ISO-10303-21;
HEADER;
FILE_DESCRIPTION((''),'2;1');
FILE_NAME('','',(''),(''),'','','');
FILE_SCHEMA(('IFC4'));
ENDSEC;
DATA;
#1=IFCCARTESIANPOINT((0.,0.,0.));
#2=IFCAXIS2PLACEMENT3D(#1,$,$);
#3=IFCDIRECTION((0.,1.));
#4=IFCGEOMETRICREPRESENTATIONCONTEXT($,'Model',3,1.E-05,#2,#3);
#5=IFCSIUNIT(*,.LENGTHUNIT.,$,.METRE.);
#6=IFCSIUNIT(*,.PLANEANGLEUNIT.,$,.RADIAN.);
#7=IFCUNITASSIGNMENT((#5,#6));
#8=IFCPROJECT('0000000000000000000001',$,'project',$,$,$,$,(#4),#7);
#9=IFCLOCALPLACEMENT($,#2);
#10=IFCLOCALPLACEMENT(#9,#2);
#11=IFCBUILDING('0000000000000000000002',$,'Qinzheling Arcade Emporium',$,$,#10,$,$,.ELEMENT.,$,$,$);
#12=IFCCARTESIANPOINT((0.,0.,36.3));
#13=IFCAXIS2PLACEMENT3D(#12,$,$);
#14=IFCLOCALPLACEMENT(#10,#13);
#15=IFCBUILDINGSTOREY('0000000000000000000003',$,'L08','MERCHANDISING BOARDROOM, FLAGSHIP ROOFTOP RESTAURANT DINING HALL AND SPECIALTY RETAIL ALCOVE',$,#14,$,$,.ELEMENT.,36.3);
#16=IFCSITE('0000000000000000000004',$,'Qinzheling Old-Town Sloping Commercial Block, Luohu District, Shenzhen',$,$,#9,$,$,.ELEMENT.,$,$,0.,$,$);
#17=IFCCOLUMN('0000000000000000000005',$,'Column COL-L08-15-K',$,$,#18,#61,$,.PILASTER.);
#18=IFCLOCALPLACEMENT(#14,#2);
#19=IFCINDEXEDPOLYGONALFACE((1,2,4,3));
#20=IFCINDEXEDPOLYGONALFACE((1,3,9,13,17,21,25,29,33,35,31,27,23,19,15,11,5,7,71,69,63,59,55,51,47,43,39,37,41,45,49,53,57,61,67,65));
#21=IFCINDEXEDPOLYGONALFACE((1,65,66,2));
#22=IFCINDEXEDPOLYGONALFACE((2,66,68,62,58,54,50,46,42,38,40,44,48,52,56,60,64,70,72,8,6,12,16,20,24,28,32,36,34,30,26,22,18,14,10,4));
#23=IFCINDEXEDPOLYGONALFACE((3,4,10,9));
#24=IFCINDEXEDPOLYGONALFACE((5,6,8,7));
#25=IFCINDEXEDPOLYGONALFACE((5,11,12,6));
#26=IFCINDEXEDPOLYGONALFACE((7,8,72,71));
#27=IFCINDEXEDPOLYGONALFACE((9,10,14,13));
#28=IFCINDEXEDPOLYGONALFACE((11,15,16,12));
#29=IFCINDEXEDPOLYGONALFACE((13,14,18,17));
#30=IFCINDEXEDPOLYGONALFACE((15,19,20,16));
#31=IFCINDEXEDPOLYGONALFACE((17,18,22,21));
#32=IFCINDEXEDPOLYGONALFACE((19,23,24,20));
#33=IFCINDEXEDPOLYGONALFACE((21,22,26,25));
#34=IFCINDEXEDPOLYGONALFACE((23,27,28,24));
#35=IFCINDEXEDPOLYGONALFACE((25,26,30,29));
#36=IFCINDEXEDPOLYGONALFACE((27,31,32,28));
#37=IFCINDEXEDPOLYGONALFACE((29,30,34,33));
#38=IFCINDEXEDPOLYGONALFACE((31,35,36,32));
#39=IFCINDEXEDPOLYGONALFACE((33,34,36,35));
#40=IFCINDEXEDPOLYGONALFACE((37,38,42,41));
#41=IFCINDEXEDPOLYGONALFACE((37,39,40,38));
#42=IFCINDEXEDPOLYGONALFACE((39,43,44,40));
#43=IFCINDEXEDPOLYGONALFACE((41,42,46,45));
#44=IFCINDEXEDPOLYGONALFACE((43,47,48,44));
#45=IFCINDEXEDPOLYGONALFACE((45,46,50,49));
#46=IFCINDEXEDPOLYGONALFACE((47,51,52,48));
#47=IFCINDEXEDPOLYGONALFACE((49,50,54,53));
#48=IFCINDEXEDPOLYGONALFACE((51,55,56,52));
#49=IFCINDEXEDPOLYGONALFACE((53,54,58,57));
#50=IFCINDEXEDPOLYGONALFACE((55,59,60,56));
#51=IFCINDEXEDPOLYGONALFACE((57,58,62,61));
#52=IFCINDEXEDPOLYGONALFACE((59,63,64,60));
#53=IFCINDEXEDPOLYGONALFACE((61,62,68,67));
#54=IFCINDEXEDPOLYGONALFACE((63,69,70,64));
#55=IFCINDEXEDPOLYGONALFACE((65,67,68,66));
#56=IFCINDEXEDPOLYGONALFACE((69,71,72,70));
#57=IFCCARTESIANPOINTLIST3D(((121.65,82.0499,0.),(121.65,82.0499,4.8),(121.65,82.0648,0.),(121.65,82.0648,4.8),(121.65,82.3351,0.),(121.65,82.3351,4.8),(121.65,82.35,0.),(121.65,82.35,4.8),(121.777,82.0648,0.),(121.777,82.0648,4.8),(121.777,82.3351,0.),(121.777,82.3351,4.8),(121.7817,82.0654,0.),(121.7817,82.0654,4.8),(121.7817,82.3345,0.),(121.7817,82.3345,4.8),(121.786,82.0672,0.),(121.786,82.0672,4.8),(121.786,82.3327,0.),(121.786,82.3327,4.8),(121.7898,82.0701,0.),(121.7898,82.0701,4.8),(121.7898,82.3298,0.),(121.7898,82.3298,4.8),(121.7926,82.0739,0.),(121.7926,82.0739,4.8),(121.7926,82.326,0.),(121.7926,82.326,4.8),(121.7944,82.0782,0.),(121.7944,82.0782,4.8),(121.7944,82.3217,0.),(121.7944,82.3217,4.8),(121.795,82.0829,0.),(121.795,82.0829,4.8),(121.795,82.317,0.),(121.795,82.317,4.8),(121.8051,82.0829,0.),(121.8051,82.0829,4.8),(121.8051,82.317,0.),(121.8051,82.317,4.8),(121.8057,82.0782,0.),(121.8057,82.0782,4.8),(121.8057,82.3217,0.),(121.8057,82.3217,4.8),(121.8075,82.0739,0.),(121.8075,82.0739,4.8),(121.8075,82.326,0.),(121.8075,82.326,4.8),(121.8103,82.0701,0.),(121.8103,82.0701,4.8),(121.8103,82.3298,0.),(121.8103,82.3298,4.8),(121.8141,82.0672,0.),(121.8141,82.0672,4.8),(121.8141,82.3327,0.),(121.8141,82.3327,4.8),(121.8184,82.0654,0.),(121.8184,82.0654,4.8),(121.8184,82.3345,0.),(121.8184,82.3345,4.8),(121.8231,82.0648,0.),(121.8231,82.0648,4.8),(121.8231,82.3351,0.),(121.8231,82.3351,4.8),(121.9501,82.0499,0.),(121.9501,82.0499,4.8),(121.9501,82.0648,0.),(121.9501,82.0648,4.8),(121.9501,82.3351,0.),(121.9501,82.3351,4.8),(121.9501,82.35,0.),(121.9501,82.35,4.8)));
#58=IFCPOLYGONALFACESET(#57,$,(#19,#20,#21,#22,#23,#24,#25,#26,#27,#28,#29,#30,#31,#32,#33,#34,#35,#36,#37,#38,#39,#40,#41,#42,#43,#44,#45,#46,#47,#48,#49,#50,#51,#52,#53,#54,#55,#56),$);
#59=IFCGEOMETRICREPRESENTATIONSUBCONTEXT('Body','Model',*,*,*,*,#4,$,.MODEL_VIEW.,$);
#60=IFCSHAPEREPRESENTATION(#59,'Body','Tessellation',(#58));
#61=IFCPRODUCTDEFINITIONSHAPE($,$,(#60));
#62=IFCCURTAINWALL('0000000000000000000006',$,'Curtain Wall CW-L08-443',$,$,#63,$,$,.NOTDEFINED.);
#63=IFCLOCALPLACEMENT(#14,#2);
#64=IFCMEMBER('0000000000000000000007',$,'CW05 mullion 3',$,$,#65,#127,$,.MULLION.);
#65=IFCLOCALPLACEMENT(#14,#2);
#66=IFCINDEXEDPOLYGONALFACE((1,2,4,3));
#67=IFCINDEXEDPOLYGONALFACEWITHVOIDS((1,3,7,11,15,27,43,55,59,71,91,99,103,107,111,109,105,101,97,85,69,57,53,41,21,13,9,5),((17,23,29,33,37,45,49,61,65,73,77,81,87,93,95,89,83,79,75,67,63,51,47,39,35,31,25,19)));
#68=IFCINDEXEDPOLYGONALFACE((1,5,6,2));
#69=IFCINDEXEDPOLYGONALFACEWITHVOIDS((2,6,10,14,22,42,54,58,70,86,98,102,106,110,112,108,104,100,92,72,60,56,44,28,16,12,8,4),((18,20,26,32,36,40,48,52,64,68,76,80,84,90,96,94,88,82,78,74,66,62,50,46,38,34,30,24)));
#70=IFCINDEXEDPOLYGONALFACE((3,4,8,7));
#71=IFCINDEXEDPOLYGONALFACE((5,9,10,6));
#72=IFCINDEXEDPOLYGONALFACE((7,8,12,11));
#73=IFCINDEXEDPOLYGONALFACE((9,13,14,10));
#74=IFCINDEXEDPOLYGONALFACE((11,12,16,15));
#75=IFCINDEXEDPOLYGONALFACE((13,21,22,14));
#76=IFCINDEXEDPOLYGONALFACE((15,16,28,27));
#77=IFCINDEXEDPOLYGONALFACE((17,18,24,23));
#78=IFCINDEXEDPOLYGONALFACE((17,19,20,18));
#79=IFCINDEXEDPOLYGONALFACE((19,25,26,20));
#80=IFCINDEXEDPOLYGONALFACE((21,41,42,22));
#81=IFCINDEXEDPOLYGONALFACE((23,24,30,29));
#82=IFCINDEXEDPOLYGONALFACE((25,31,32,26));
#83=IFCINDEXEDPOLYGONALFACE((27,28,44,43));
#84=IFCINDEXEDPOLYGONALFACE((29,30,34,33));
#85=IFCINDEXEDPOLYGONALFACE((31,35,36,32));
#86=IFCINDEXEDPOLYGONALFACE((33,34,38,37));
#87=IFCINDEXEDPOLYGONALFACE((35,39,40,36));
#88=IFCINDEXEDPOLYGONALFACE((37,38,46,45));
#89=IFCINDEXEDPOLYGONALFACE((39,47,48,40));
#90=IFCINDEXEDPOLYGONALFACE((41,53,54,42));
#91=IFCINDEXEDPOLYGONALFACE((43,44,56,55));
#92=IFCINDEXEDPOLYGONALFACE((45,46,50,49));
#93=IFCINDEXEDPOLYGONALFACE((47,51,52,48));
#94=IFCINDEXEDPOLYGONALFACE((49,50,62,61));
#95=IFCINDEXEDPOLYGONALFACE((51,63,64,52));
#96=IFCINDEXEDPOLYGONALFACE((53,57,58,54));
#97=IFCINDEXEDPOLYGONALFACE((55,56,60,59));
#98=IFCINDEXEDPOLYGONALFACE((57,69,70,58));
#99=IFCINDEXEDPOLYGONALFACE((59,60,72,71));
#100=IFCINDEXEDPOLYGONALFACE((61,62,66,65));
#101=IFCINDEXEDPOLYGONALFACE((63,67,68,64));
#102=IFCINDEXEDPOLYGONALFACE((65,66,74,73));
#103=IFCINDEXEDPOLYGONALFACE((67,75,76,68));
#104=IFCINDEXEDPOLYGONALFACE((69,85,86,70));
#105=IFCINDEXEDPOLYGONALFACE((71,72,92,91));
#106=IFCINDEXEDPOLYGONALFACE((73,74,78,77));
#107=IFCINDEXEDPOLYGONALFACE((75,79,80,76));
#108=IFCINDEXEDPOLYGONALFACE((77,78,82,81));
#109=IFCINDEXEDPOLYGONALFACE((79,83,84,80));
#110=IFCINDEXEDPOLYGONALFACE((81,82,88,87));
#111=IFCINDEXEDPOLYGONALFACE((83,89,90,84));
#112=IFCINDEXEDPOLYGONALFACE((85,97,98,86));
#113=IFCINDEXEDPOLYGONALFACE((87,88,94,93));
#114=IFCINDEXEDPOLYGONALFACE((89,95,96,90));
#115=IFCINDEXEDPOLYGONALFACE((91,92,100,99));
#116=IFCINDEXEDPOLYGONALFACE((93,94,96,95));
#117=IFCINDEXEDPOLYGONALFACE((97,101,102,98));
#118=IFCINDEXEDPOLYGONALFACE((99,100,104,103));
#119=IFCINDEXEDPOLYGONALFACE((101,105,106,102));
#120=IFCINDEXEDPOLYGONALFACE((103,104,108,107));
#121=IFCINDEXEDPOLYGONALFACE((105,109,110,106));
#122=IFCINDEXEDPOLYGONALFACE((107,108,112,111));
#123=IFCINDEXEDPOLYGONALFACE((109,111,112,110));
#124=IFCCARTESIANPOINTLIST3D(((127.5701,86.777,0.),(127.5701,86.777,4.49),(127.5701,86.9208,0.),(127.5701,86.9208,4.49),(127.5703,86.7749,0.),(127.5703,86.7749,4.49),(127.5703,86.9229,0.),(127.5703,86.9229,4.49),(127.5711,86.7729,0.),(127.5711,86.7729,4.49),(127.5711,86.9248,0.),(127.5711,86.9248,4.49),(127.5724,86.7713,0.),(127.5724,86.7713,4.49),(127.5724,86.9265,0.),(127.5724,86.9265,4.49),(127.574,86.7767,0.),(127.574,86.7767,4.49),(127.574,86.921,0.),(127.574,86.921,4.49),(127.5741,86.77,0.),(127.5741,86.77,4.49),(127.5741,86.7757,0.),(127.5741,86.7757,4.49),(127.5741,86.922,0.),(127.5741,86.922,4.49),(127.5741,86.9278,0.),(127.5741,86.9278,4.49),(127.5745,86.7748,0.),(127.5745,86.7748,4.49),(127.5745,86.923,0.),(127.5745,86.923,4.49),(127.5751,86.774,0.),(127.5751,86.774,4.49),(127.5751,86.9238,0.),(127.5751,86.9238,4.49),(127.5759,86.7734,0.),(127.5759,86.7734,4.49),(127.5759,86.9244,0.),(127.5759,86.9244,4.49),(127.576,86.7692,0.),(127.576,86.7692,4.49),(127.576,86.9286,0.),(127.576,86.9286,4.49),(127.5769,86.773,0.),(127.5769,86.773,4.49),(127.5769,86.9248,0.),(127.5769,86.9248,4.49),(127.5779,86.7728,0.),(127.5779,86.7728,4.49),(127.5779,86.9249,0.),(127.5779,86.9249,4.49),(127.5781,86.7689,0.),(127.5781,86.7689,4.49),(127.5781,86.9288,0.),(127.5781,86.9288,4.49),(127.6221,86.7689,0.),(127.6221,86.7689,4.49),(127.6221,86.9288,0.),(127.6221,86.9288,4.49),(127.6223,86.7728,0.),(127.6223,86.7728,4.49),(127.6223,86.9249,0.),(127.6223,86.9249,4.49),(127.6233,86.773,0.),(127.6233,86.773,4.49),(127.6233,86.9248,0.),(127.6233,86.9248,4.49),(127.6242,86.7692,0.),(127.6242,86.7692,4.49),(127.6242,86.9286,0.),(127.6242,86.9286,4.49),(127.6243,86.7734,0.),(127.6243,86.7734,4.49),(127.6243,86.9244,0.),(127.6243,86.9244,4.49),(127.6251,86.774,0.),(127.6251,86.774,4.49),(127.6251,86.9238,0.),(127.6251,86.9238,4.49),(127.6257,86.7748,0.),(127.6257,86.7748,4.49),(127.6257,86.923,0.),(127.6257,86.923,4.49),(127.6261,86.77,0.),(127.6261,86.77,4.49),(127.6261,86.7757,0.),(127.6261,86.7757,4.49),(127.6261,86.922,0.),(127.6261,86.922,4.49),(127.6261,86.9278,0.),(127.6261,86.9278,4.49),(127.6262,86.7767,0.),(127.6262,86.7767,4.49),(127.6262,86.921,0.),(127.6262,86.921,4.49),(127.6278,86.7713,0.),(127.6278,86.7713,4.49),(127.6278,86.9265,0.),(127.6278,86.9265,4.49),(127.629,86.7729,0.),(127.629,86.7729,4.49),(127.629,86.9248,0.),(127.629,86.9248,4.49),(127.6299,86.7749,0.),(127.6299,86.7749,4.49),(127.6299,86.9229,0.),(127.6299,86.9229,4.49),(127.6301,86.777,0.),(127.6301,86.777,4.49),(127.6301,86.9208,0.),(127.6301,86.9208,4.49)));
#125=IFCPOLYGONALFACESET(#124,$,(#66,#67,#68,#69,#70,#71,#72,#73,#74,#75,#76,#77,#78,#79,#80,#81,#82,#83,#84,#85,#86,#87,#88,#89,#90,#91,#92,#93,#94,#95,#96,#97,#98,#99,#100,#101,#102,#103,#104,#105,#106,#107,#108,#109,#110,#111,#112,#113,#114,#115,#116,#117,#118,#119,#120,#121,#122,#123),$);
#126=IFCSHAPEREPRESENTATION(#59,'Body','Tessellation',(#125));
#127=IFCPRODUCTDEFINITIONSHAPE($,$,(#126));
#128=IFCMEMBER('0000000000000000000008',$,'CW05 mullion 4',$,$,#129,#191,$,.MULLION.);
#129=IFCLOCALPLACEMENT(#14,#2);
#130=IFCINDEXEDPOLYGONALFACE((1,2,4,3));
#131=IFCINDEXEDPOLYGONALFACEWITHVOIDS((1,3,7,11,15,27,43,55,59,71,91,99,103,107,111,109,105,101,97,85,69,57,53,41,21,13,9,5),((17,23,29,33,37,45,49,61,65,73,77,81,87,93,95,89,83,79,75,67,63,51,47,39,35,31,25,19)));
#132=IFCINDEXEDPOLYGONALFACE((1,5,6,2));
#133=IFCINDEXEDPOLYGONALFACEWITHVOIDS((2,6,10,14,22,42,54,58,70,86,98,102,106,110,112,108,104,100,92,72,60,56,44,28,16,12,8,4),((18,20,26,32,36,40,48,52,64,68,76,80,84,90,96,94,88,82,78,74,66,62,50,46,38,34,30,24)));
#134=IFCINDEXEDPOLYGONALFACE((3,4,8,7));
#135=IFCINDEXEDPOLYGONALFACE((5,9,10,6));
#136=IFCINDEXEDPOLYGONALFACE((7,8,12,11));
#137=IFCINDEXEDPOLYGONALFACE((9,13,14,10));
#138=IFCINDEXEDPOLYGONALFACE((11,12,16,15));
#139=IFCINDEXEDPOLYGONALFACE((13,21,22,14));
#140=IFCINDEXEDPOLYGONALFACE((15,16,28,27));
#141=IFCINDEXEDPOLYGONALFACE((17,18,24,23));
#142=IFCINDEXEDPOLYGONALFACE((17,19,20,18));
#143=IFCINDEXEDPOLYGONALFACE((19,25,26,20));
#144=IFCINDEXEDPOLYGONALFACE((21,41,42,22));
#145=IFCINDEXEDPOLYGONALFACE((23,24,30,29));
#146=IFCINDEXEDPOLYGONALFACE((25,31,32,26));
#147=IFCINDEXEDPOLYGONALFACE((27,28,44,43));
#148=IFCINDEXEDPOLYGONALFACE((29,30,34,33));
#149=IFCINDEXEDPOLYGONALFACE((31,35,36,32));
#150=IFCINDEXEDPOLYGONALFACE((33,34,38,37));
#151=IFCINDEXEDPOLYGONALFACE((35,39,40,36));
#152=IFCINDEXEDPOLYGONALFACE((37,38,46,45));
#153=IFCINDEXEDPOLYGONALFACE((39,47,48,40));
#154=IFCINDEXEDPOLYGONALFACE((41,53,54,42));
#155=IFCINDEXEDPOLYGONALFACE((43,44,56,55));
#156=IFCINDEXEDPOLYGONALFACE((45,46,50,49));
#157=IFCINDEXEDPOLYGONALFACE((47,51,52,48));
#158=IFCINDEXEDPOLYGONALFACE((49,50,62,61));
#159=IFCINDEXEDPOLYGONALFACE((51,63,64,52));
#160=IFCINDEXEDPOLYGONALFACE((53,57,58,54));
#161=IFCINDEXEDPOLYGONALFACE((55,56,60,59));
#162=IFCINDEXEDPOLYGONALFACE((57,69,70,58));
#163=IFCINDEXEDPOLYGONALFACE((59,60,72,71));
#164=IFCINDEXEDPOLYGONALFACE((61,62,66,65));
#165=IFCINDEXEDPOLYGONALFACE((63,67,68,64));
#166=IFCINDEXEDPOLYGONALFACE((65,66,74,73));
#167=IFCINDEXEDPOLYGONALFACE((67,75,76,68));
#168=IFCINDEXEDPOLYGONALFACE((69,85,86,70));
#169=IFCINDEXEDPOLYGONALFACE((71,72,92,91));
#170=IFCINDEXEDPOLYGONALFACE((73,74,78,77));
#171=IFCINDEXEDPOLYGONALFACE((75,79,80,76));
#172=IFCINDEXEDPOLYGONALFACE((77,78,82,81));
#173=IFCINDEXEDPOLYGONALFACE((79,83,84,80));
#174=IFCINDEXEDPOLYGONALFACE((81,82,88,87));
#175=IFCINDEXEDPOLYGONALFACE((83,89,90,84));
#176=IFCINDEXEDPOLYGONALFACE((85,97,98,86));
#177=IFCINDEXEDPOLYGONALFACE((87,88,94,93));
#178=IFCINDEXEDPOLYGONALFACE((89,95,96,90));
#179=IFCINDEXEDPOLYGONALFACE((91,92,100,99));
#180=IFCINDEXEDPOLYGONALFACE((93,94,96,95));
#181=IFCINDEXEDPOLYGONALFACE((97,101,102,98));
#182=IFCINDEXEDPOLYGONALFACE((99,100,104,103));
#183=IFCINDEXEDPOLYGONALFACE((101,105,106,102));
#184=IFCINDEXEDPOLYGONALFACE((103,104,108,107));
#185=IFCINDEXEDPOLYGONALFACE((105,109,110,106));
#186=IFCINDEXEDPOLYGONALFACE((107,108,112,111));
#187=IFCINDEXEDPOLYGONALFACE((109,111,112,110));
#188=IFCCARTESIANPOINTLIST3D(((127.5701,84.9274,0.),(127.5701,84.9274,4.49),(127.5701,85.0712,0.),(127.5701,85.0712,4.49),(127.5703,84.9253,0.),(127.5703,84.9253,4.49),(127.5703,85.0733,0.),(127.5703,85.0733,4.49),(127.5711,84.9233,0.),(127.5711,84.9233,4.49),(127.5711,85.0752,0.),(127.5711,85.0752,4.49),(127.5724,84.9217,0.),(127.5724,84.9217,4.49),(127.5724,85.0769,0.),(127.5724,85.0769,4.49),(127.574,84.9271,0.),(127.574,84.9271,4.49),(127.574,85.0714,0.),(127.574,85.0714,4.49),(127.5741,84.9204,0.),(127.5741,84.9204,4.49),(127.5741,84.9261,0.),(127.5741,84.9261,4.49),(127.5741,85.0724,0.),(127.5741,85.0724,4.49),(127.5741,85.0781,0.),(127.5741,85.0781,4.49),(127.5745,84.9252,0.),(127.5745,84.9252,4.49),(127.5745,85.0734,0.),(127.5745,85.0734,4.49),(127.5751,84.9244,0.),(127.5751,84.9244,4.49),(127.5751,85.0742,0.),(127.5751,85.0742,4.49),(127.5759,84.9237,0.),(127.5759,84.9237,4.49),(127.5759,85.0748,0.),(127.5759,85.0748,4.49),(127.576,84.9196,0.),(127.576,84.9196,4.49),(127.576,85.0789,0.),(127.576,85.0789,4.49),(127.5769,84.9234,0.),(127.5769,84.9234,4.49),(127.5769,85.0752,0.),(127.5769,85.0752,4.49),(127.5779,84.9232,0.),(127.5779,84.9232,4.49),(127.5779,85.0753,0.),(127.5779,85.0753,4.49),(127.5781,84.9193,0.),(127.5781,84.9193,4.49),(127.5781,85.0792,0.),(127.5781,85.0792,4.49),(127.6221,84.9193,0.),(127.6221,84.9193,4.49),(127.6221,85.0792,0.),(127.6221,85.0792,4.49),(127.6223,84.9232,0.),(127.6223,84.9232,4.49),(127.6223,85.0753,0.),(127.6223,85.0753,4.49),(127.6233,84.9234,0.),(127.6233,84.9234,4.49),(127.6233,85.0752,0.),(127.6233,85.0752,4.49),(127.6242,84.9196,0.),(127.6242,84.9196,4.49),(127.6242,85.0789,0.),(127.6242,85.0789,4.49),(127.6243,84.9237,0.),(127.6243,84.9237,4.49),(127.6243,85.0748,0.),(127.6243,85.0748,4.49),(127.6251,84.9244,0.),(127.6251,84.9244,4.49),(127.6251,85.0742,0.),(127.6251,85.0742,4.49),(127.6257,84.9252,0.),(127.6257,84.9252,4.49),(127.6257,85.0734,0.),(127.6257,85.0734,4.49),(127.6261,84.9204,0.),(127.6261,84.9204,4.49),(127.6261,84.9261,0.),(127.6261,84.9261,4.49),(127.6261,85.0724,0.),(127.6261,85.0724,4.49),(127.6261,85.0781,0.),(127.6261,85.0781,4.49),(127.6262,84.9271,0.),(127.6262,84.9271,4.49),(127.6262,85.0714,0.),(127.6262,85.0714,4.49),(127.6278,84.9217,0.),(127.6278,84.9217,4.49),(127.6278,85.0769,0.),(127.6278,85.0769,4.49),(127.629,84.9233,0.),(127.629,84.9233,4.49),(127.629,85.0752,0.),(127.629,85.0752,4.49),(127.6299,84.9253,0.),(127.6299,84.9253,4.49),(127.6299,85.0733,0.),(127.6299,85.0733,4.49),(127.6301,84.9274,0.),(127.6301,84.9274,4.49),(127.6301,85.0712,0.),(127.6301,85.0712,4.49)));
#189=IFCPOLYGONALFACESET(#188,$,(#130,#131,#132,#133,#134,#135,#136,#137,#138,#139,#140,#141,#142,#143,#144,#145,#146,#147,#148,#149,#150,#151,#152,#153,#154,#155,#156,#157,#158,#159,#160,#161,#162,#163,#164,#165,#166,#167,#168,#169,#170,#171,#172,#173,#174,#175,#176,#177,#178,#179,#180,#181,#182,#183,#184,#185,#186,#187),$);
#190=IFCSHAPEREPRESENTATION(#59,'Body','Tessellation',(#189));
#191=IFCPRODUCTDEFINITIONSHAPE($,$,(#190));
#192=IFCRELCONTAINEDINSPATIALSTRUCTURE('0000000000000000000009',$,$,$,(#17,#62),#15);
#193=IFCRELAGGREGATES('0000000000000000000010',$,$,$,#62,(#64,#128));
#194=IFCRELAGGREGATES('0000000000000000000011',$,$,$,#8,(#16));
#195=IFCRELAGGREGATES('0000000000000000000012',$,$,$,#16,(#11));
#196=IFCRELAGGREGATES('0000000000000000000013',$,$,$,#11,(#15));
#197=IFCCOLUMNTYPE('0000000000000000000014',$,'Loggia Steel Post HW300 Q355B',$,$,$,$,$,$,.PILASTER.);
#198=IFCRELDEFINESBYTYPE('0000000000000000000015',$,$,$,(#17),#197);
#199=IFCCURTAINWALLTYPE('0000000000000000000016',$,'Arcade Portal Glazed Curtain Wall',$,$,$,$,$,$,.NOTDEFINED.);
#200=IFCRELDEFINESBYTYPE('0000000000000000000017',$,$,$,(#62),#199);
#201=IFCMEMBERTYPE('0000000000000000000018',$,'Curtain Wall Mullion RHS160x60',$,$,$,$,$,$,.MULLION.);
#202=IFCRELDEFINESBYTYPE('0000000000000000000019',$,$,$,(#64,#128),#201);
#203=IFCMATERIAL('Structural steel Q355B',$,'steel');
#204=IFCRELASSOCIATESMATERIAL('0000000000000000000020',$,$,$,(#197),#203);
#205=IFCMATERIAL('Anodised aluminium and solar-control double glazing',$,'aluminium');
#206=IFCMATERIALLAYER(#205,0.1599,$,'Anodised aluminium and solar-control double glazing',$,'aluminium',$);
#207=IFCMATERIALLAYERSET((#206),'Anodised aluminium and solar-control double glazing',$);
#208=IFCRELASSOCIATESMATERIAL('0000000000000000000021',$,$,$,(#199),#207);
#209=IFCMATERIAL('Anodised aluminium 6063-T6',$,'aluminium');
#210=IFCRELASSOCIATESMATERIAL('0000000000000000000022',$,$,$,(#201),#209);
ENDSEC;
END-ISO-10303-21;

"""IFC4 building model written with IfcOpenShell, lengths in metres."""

from ifc_helpers import new_model, si_unit, direction, frame, origin, origin_2d, place, context, subcontext, project, spatial, hollow_rectangle, i_section, extrude, material, layer, layer_set, material_profile, profile_set, type_object, element, aggregate, save


model = new_model("IFC4")

# Units and contexts
model_context = context("Model", 3, precision=1e-05, world=origin(), true_north=direction((0.0, 1.0)))
body_context = subcontext(model_context, "Body", "Model", "MODEL_VIEW")
ifc_project = project(units=[si_unit("LENGTHUNIT", "METRE"), si_unit("PLANEANGLEUNIT", "RADIAN")], contexts=[model_context])

# Site, building, storey
site_placement = place(None, origin())
site = spatial("IfcSite", under=ifc_project, at=site_placement, Name="Qinzheling Old-Town Sloping Commercial Block, Luohu District, Shenzhen", CompositionType="ELEMENT", RefElevation=0.0)
building_placement = place(site_placement, origin())
building = spatial("IfcBuilding", under=site, at=building_placement, Name="Qinzheling Arcade Emporium", CompositionType="ELEMENT")
storey_placement = place(building_placement, frame((0.0, 0.0, 36.3)))
storey = spatial("IfcBuildingStorey", under=building, at=storey_placement, Name="L08", Description="MERCHANDISING BOARDROOM, FLAGSHIP ROOFTOP RESTAURANT DINING HALL AND SPECIALTY RETAIL ALCOVE", CompositionType="ELEMENT", Elevation=36.3)

# Column
ifc_material_1 = material(Name="Structural steel Q355B", Category="steel")
ifc_material_profile_1 = material_profile(ifc_material_1, i_section(OverallWidth=0.3, OverallDepth=0.3, WebThickness=0.01, FlangeThickness=0.0149, FilletRadius=0.0181, at=origin_2d()), Name="HW 300x300x10x15", Category="steel")
ifc_profile_set_1 = profile_set([ifc_material_profile_1], Name="Structural steel Q355B")
column_type = type_object("IfcColumnType", Name="Loggia Steel Post HW300 Q355B", PredefinedType="PILASTER", material=ifc_profile_set_1)
column_placement = place(storey_placement, frame((121.8, 82.2, 0.0), z_axis=(0.0, 0.0, 1.0), x_axis=(1.0, 0.0, 0.0)))
element("IfcColumn", 1, at=column_placement, inside=storey, type_object=column_type, Name="Column COL-L08-15-K", PredefinedType="PILASTER", context=body_context, shape_type="SweptSolid", body=[
    extrude(i_section(OverallWidth=0.3, OverallDepth=0.3, WebThickness=0.01, FlangeThickness=0.0149, FilletRadius=0.0181, at=origin_2d()), origin(), (0.0, 0.0, 1.0), 4.8),
])

# Curtain wall, members
ifc_material_2 = material(Name="Anodised aluminium and solar-control double glazing", Category="aluminium")
ifc_layer_1 = layer(ifc_material_2, 0.1599, Name="Anodised aluminium and solar-control double glazing", Category="aluminium")
ifc_layer_set_1 = layer_set([ifc_layer_1], Name="Anodised aluminium and solar-control double glazing")
curtain_wall_type = type_object("IfcCurtainWallType", Name="Arcade Portal Glazed Curtain Wall", PredefinedType="NOTDEFINED", material=ifc_layer_set_1)
curtain_wall_placement = place(storey_placement, origin())
curtain_wall = element("IfcCurtainWall", 2, at=curtain_wall_placement, inside=storey, type_object=curtain_wall_type, Name="Curtain Wall CW-L08-443", PredefinedType="NOTDEFINED")
ifc_material_3 = material(Name="Anodised aluminium 6063-T6", Category="aluminium")
ifc_material_profile_2 = material_profile(ifc_material_3, hollow_rectangle(XDim=0.0601, YDim=0.1599, WallThickness=0.0039, InnerFilletRadius=0.0039, OuterFilletRadius=0.0081, at=origin_2d()), Name="RHS 160x60x4", Category="aluminium")
ifc_profile_set_2 = profile_set([ifc_material_profile_2], Name="Anodised aluminium 6063-T6")
member_type_1 = type_object("IfcMemberType", Name="Curtain Wall Mullion RHS160x60", PredefinedType="MULLION", material=ifc_profile_set_2)
member_1_placement = place(storey_placement, frame((127.6001, 86.8489, 0.0), z_axis=(0.0, 0.0, 1.0), x_axis=(1.0, 0.0, 0.0)))
member_1 = element("IfcMember", 3, at=member_1_placement, type_object=member_type_1, Name="CW05 mullion 3", PredefinedType="MULLION", context=body_context, shape_type="SweptSolid", body=[
    extrude(hollow_rectangle(XDim=0.0601, YDim=0.1599, WallThickness=0.0039, InnerFilletRadius=0.0039, OuterFilletRadius=0.0081, at=origin_2d()), origin(), (0.0, 0.0, 1.0), 4.49),
])
member_2_placement = place(storey_placement, frame((127.6001, 84.9993, 0.0), z_axis=(0.0, 0.0, 1.0), x_axis=(1.0, 0.0, 0.0)))
member_2 = element("IfcMember", 4, at=member_2_placement, type_object=member_type_1, Name="CW05 mullion 4", PredefinedType="MULLION", context=body_context, shape_type="SweptSolid", body=[
    extrude(hollow_rectangle(XDim=0.0601, YDim=0.1599, WallThickness=0.0039, InnerFilletRadius=0.0039, OuterFilletRadius=0.0081, at=origin_2d()), origin(), (0.0, 0.0, 1.0), 4.49),
])

aggregate(curtain_wall, [member_1, member_2])

save(model, "model.ifc")
